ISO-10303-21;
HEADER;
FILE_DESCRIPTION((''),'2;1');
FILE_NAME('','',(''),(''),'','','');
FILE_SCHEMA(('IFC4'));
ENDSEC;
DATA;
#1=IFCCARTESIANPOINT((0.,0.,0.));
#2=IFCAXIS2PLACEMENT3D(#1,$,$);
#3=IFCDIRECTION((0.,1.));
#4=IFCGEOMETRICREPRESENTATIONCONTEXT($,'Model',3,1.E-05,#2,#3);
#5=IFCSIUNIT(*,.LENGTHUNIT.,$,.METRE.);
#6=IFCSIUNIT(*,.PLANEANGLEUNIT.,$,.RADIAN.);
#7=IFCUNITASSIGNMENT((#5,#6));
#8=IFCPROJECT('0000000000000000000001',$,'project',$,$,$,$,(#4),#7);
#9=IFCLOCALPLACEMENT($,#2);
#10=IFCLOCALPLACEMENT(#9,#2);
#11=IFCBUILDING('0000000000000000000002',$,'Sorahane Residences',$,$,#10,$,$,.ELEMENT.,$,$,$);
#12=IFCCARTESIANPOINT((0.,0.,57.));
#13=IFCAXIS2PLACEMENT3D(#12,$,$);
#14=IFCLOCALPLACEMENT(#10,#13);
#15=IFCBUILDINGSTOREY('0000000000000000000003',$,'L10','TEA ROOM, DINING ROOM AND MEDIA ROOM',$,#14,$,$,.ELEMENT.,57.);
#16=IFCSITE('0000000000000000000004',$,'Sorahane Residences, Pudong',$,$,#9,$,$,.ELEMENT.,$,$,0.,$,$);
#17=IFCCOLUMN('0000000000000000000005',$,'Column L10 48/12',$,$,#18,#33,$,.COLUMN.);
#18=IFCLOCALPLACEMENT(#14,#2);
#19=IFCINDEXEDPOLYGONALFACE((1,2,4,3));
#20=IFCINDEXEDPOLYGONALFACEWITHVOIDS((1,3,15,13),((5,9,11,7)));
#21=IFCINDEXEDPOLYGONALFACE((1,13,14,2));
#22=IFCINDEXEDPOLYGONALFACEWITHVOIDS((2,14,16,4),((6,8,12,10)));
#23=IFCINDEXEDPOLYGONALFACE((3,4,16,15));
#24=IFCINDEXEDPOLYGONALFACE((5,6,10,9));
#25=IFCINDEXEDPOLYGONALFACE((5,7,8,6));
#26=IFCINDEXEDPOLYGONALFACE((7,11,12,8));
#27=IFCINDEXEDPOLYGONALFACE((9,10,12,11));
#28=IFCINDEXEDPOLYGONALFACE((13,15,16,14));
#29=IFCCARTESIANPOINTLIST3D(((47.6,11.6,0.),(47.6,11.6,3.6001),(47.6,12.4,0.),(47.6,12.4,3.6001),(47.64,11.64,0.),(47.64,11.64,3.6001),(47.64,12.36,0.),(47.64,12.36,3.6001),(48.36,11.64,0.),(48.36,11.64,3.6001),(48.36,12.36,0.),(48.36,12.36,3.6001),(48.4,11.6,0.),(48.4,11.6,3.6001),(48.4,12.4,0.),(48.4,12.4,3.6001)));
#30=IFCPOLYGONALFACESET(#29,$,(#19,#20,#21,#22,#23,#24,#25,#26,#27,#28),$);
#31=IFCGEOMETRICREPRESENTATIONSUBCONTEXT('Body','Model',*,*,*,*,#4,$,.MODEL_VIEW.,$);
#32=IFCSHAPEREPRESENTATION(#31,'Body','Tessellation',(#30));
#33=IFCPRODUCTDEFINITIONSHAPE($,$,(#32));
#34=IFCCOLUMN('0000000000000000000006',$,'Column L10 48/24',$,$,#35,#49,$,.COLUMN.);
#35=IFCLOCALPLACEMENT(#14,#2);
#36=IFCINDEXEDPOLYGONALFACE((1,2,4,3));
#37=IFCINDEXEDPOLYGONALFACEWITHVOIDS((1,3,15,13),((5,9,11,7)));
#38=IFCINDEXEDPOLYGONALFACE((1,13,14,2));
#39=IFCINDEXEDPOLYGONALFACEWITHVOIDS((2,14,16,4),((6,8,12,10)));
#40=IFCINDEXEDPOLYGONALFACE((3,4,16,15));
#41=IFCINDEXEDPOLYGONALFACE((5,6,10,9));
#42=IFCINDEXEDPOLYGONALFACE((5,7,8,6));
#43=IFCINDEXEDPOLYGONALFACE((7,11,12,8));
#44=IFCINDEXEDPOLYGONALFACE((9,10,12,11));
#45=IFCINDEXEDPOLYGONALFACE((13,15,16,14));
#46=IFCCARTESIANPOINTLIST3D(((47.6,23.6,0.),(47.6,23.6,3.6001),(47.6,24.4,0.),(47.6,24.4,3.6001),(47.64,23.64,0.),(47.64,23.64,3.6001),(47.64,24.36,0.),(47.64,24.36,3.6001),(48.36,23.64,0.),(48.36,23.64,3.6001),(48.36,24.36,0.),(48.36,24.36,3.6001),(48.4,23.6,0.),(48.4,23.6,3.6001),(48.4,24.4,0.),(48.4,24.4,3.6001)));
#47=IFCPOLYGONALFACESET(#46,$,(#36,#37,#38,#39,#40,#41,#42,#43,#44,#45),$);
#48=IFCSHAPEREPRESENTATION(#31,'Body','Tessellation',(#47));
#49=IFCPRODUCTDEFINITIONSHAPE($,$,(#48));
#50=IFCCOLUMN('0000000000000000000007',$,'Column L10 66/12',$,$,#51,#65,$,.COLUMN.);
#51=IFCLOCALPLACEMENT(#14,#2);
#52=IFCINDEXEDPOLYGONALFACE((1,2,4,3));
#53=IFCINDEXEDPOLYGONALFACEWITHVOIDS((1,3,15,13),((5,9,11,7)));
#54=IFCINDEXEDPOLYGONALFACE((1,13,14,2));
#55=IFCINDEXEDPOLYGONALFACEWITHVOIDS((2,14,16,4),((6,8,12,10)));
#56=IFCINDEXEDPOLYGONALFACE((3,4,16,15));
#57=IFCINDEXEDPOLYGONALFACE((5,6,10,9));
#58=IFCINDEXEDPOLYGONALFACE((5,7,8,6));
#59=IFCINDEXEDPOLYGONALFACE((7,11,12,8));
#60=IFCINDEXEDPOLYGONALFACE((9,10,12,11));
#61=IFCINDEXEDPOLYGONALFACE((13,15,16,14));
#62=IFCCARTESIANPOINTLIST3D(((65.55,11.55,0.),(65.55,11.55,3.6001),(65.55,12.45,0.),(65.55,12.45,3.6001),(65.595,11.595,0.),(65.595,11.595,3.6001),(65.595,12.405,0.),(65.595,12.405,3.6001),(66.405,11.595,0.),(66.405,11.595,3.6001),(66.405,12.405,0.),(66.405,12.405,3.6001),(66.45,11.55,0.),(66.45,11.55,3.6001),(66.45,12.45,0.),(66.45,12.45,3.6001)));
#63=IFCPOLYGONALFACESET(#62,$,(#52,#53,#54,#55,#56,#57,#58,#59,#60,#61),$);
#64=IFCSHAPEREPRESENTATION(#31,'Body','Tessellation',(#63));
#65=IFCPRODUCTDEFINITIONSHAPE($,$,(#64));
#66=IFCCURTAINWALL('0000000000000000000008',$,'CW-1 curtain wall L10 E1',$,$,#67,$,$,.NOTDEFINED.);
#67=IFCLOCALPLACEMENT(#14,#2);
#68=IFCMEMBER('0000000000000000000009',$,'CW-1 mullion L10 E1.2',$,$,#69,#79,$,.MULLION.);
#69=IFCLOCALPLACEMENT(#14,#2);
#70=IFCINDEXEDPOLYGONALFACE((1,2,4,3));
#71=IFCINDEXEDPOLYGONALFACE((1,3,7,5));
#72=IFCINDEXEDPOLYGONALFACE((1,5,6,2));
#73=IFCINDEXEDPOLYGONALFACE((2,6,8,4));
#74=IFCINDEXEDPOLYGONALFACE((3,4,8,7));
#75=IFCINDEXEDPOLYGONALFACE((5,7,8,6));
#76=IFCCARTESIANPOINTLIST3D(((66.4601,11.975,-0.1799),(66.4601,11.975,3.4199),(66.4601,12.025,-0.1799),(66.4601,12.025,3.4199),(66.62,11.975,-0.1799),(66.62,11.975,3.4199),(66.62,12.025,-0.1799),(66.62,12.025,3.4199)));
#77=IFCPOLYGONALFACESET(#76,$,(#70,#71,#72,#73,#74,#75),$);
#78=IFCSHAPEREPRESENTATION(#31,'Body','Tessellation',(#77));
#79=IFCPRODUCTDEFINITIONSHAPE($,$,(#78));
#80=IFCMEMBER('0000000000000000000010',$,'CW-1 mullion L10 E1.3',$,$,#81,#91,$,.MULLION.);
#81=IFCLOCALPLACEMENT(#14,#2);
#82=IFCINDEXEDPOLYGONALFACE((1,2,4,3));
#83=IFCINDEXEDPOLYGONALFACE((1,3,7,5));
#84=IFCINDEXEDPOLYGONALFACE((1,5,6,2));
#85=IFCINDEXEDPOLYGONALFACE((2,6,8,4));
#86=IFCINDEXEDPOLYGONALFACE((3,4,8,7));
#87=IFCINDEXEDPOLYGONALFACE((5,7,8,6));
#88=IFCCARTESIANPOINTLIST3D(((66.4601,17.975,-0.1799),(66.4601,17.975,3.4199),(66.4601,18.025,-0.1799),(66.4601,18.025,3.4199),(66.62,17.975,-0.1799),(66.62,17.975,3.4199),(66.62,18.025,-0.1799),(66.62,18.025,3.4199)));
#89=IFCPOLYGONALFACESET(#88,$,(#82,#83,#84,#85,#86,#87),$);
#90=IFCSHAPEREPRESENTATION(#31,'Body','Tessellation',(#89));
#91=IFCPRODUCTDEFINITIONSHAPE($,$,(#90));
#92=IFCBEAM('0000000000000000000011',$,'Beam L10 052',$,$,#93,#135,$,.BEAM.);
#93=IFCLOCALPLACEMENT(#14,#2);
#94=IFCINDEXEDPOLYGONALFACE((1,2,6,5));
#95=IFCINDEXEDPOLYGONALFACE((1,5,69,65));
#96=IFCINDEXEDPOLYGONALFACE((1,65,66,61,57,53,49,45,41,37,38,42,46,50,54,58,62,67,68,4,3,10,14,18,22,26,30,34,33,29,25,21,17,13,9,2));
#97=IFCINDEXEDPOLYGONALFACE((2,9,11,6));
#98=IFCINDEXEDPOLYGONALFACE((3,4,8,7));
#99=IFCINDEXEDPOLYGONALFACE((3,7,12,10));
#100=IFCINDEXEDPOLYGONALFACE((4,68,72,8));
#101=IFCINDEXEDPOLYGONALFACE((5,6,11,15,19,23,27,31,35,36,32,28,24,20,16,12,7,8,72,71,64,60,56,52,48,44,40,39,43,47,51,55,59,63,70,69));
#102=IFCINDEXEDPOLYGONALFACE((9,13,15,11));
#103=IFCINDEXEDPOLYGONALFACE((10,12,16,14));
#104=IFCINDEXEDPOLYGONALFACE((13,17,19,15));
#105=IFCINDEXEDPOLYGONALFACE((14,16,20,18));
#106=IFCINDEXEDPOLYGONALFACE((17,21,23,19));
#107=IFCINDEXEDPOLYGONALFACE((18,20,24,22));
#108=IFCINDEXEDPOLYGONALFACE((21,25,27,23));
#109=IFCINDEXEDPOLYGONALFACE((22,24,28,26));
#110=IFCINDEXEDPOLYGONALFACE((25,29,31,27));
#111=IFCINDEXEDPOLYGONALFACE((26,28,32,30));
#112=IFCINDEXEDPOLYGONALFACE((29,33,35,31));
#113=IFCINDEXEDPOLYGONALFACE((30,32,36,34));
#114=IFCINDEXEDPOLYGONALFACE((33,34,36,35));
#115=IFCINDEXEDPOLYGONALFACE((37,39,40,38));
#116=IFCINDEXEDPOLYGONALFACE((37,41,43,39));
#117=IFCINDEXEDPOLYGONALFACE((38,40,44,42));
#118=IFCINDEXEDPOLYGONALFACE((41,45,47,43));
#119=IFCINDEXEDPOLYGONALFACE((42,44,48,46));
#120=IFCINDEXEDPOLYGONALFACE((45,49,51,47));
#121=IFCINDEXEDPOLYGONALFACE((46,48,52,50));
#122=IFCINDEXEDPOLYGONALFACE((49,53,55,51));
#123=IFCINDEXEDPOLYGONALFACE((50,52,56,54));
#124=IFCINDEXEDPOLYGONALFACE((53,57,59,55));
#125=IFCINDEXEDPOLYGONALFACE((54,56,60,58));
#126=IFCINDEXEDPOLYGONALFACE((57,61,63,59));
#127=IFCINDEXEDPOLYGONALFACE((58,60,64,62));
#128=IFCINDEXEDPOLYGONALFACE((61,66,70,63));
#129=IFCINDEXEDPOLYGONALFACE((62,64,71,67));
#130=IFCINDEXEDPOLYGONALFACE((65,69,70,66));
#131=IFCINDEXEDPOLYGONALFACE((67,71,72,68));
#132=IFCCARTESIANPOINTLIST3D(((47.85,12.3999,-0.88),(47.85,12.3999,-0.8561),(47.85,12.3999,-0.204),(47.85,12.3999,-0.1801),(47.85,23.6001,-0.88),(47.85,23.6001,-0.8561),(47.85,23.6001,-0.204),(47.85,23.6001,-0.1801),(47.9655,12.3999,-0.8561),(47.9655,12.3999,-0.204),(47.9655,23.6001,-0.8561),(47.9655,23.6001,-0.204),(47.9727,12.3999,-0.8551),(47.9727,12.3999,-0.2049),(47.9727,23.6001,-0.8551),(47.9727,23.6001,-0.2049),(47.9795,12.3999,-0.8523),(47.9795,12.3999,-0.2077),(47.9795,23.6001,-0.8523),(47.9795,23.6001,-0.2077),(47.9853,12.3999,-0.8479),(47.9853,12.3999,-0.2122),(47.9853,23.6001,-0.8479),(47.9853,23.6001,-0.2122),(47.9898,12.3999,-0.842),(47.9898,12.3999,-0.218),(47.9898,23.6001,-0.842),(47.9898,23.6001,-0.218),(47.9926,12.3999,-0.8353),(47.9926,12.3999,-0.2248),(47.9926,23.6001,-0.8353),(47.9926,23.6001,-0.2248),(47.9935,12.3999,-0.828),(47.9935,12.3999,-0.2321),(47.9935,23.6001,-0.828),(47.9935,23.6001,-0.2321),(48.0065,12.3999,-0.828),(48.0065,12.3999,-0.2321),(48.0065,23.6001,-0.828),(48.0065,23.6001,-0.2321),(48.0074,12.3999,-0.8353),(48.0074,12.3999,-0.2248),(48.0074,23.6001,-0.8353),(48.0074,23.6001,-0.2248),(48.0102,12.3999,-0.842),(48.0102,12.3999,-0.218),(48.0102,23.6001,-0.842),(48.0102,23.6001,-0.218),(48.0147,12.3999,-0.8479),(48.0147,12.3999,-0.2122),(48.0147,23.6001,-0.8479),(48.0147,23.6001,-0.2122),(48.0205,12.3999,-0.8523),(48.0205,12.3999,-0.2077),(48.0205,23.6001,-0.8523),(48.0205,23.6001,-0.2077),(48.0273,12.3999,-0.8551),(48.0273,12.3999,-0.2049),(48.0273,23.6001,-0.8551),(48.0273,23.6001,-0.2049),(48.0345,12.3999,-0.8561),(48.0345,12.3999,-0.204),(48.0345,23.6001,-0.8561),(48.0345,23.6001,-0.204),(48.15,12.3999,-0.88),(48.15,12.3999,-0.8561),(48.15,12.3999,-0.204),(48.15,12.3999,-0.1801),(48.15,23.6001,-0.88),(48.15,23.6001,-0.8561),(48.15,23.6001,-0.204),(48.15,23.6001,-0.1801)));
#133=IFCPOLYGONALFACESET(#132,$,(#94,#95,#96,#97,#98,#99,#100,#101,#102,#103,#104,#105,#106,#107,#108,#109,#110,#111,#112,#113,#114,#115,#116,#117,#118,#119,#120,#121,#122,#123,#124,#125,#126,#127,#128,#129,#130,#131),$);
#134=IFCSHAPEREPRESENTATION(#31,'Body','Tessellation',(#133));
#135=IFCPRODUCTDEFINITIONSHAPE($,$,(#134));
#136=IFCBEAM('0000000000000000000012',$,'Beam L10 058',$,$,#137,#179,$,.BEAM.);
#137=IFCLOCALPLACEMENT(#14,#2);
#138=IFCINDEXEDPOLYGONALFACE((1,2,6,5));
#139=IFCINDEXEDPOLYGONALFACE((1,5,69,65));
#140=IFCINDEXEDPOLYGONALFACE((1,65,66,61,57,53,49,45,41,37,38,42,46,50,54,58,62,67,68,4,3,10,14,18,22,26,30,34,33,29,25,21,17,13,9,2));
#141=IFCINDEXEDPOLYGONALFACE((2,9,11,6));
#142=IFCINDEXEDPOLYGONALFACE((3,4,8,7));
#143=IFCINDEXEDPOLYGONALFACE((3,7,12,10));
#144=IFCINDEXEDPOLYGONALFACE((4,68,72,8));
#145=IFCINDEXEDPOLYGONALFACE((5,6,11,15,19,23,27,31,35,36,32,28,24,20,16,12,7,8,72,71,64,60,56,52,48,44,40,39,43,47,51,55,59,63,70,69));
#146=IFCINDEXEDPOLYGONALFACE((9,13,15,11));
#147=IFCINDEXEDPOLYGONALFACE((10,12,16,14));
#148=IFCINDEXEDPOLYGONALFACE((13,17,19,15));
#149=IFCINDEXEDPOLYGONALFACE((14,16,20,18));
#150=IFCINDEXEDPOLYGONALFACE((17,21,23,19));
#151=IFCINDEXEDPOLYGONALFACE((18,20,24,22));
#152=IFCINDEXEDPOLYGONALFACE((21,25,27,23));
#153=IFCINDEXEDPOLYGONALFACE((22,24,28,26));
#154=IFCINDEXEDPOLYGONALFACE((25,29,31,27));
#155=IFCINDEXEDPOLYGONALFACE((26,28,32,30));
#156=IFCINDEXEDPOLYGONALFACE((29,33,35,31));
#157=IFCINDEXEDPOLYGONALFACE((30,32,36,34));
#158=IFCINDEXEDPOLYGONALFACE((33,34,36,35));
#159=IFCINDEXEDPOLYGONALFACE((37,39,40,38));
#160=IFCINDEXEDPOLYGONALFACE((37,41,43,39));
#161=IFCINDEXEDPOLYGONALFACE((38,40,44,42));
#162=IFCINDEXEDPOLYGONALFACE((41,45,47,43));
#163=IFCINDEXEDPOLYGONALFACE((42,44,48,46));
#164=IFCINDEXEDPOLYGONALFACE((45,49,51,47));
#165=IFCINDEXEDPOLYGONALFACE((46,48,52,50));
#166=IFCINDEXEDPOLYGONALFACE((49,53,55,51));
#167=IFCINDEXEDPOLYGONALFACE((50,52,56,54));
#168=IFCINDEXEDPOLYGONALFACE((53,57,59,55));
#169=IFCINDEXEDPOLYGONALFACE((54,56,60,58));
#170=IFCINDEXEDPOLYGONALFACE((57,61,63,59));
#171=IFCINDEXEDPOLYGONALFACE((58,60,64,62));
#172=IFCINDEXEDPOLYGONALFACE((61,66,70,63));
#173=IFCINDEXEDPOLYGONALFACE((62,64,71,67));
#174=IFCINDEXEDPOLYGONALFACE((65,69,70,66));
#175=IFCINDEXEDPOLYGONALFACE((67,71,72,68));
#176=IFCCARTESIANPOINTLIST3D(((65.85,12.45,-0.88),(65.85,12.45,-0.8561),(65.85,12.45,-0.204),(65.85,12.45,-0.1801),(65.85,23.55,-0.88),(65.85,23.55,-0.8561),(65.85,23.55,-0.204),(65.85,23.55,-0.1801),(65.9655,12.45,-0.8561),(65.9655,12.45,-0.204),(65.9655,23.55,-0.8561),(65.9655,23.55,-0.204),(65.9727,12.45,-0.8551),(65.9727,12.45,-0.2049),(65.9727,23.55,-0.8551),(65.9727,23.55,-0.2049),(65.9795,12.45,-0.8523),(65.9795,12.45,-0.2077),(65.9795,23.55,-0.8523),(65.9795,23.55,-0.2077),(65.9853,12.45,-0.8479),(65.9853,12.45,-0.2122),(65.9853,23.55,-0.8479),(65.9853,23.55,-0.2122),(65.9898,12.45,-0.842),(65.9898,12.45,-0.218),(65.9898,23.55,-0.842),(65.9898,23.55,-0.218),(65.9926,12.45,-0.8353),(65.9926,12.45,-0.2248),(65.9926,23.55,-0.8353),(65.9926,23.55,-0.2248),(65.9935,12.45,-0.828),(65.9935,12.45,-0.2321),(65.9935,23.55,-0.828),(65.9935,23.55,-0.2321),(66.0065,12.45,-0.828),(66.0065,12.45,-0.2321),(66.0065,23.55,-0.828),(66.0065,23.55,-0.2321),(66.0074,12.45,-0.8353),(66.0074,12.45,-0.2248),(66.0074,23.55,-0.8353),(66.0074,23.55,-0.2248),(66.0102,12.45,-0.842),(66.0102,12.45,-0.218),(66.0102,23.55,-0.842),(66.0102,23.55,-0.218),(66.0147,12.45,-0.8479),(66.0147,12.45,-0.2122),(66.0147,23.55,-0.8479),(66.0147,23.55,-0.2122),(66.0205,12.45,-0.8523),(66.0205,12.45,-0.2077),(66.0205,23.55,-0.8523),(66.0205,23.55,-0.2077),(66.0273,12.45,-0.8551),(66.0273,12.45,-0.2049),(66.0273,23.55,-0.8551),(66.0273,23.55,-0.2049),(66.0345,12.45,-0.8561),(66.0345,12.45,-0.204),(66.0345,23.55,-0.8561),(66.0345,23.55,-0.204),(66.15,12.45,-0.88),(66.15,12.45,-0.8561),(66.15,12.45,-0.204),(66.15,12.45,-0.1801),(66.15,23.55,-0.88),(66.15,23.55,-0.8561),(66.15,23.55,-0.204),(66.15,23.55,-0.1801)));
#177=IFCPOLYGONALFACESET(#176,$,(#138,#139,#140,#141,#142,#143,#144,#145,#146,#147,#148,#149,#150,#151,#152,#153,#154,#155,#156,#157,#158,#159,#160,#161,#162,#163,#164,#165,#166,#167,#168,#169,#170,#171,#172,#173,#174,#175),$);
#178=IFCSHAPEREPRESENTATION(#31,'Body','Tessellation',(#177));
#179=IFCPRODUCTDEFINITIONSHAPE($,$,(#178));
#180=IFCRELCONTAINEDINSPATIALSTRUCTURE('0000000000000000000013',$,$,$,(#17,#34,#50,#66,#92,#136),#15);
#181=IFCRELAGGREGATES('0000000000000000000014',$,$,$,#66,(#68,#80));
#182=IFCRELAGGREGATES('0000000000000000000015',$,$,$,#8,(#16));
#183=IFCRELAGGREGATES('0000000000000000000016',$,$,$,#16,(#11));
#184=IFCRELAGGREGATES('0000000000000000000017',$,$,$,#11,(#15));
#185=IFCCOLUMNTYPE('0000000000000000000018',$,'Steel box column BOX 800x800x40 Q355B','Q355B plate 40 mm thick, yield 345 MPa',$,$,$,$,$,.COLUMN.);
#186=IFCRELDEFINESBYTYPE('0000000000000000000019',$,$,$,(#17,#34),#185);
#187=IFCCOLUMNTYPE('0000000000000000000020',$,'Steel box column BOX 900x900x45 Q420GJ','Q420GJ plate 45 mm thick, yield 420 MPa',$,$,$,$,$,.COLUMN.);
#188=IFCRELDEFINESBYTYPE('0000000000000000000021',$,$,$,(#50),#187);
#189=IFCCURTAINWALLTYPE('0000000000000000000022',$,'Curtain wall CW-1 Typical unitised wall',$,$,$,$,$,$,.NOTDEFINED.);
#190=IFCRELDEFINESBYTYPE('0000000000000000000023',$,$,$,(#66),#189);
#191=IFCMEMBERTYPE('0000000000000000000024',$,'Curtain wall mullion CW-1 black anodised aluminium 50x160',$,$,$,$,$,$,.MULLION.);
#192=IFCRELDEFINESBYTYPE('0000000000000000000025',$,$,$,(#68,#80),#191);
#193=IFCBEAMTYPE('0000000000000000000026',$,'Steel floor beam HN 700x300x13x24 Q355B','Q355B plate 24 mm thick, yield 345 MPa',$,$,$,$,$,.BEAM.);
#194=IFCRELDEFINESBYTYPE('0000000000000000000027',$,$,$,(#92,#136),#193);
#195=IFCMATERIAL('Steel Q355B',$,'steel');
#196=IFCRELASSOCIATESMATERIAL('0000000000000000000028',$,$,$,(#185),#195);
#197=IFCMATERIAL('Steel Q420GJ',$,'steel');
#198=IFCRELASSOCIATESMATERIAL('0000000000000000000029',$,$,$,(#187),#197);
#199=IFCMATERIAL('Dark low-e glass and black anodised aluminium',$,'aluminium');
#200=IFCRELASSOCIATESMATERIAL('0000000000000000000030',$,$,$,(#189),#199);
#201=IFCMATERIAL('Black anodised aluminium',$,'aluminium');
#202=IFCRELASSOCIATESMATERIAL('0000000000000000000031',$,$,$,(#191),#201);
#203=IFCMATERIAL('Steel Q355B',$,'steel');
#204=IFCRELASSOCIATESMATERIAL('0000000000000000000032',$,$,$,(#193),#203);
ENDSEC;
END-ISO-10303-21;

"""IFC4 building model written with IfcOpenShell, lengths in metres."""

from ifc_helpers import new_model, si_unit, direction, frame, origin, origin_2d, place, context, subcontext, project, spatial, rectangle, hollow_rectangle, i_section, extrude, material, material_profile, profile_set, type_object, element, aggregate, save


model = new_model("IFC4")

# Units and contexts
model_context = context("Model", 3, precision=1e-05, world=origin(), true_north=direction((0.0, 1.0)))
body_context = subcontext(model_context, "Body", "Model", "MODEL_VIEW")
ifc_project = project(units=[si_unit("LENGTHUNIT", "METRE"), si_unit("PLANEANGLEUNIT", "RADIAN")], contexts=[model_context])

# Site, building, storey
site_placement = place(None, origin())
site = spatial("IfcSite", under=ifc_project, at=site_placement, Name="Sorahane Residences, Pudong", CompositionType="ELEMENT", RefElevation=0.0)
building_placement = place(site_placement, origin())
building = spatial("IfcBuilding", under=site, at=building_placement, Name="Sorahane Residences", CompositionType="ELEMENT")
storey_placement = place(building_placement, frame((0.0, 0.0, 57.0)))
storey = spatial("IfcBuildingStorey", under=building, at=storey_placement, Name="L10", Description="TEA ROOM, DINING ROOM AND MEDIA ROOM", CompositionType="ELEMENT", Elevation=57.0)

# Columns
ifc_material_1 = material(Name="Steel Q355B", Category="steel")
ifc_material_profile_1 = material_profile(ifc_material_1, hollow_rectangle(XDim=0.8, YDim=0.8, WallThickness=0.04, at=origin_2d()), Name="BOX 800x800x40")
ifc_profile_set_1 = profile_set([ifc_material_profile_1], Name="Steel Q355B")
column_type_1 = type_object("IfcColumnType", Name="Steel box column BOX 800x800x40 Q355B", Description="Q355B plate 40 mm thick, yield 345 MPa", PredefinedType="COLUMN", material=ifc_profile_set_1)
for number, where, z_axis, x_axis, name in (
    (1, (48.0, 12.0, 0.0), (0.0, 0.0, 1.0), (1.0, 0.0, 0.0), "Column L10 48/12"),
    (2, (48.0, 24.0, 0.0), (0.0, 0.0, 1.0), (1.0, 0.0, 0.0), "Column L10 48/24"),
):
    element("IfcColumn", number, at=place(storey_placement, frame(where, z_axis=z_axis, x_axis=x_axis)), inside=storey, type_object=column_type_1, Name=name, PredefinedType="COLUMN", context=body_context, shape_type="SweptSolid", body=[
        extrude(hollow_rectangle(XDim=0.8, YDim=0.8, WallThickness=0.04, at=origin_2d()), origin(), (0.0, 0.0, 1.0), 3.6001),
    ])
ifc_material_2 = material(Name="Steel Q420GJ", Category="steel")
ifc_material_profile_2 = material_profile(ifc_material_2, hollow_rectangle(XDim=0.8999, YDim=0.8999, WallThickness=0.0449, at=origin_2d()), Name="BOX 900x900x45")
ifc_profile_set_2 = profile_set([ifc_material_profile_2], Name="Steel Q420GJ")
column_type_2 = type_object("IfcColumnType", Name="Steel box column BOX 900x900x45 Q420GJ", Description="Q420GJ plate 45 mm thick, yield 420 MPa", PredefinedType="COLUMN", material=ifc_profile_set_2)
column_placement = place(storey_placement, frame((66.0, 12.0, 0.0), z_axis=(0.0, 0.0, 1.0), x_axis=(1.0, 0.0, 0.0)))
element("IfcColumn", 3, at=column_placement, inside=storey, type_object=column_type_2, Name="Column L10 66/12", PredefinedType="COLUMN", context=body_context, shape_type="SweptSolid", body=[
    extrude(hollow_rectangle(XDim=0.8999, YDim=0.8999, WallThickness=0.0449, at=origin_2d()), origin(), (0.0, 0.0, 1.0), 3.6001),
])

# Curtain wall, members
ifc_material_3 = material(Name="Dark low-e glass and black anodised aluminium", Category="aluminium")
curtain_wall_type = type_object("IfcCurtainWallType", Name="Curtain wall CW-1 Typical unitised wall", PredefinedType="NOTDEFINED", material=ifc_material_3)
curtain_wall_placement = place(storey_placement, origin())
curtain_wall = element("IfcCurtainWall", 4, at=curtain_wall_placement, inside=storey, type_object=curtain_wall_type, Name="CW-1 curtain wall L10 E1", PredefinedType="NOTDEFINED")
ifc_material_4 = material(Name="Black anodised aluminium", Category="aluminium")
ifc_material_profile_3 = material_profile(ifc_material_4, rectangle(XDim=0.1599, YDim=0.05, at=origin_2d()), Name="Curtain wall mullion CW-1 black anodised aluminium 50x160")
ifc_profile_set_3 = profile_set([ifc_material_profile_3], Name="Black anodised aluminium")
member_type = type_object("IfcMemberType", Name="Curtain wall mullion CW-1 black anodised aluminium 50x160", PredefinedType="MULLION", material=ifc_profile_set_3)
member_1_placement = place(storey_placement, frame((66.54, 12.0, -0.1799), z_axis=(0.0, 0.0, 1.0), x_axis=(1.0, 0.0, 0.0)))
member_1 = element("IfcMember", 5, at=member_1_placement, type_object=member_type, Name="CW-1 mullion L10 E1.2", PredefinedType="MULLION", context=body_context, shape_type="SweptSolid", body=[
    extrude(rectangle(XDim=0.1599, YDim=0.05, at=origin_2d()), origin(), (0.0, 0.0, 1.0), 3.5999),
])
member_2_placement = place(storey_placement, frame((66.54, 18.0, -0.1799), z_axis=(0.0, 0.0, 1.0), x_axis=(1.0, 0.0, 0.0)))
member_2 = element("IfcMember", 6, at=member_2_placement, type_object=member_type, Name="CW-1 mullion L10 E1.3", PredefinedType="MULLION", context=body_context, shape_type="SweptSolid", body=[
    extrude(rectangle(XDim=0.1599, YDim=0.05, at=origin_2d()), origin(), (0.0, 0.0, 1.0), 3.5999),
])

# Beams
ifc_material_5 = material(Name="Steel Q355B", Category="steel")
ifc_material_profile_4 = material_profile(ifc_material_5, i_section(OverallWidth=0.3, OverallDepth=0.7, WebThickness=0.0129, FlangeThickness=0.0239, FilletRadius=0.0281, at=origin_2d()), Name="HN 700x300x13x24")
ifc_profile_set_4 = profile_set([ifc_material_profile_4], Name="Steel Q355B")
beam_type_1 = type_object("IfcBeamType", Name="Steel floor beam HN 700x300x13x24 Q355B", Description="Q355B plate 24 mm thick, yield 345 MPa", PredefinedType="BEAM", material=ifc_profile_set_4)
beam_1_placement = place(storey_placement, frame((48.0, 12.3999, -0.53), z_axis=(0.0, 1.0, 0.0), x_axis=(-1.0, 0.0, 0.0)))
element("IfcBeam", 7, at=beam_1_placement, inside=storey, type_object=beam_type_1, Name="Beam L10 052", PredefinedType="BEAM", context=body_context, shape_type="SweptSolid", body=[
    extrude(i_section(OverallWidth=0.3, OverallDepth=0.7, WebThickness=0.0129, FlangeThickness=0.0239, FilletRadius=0.0281, at=origin_2d()), origin(), (0.0, 0.0, 1.0), 11.2002),
])
beam_2_placement = place(storey_placement, frame((66.0, 12.45, -0.53), z_axis=(0.0, 1.0, 0.0), x_axis=(-1.0, 0.0, 0.0)))
element("IfcBeam", 8, at=beam_2_placement, inside=storey, type_object=beam_type_1, Name="Beam L10 058", PredefinedType="BEAM", context=body_context, shape_type="SweptSolid", body=[
    extrude(i_section(OverallWidth=0.3, OverallDepth=0.7, WebThickness=0.0129, FlangeThickness=0.0239, FilletRadius=0.0281, at=origin_2d()), origin(), (0.0, 0.0, 1.0), 11.1001),
])

aggregate(curtain_wall, [member_1, member_2])

save(model, "model.ifc")
